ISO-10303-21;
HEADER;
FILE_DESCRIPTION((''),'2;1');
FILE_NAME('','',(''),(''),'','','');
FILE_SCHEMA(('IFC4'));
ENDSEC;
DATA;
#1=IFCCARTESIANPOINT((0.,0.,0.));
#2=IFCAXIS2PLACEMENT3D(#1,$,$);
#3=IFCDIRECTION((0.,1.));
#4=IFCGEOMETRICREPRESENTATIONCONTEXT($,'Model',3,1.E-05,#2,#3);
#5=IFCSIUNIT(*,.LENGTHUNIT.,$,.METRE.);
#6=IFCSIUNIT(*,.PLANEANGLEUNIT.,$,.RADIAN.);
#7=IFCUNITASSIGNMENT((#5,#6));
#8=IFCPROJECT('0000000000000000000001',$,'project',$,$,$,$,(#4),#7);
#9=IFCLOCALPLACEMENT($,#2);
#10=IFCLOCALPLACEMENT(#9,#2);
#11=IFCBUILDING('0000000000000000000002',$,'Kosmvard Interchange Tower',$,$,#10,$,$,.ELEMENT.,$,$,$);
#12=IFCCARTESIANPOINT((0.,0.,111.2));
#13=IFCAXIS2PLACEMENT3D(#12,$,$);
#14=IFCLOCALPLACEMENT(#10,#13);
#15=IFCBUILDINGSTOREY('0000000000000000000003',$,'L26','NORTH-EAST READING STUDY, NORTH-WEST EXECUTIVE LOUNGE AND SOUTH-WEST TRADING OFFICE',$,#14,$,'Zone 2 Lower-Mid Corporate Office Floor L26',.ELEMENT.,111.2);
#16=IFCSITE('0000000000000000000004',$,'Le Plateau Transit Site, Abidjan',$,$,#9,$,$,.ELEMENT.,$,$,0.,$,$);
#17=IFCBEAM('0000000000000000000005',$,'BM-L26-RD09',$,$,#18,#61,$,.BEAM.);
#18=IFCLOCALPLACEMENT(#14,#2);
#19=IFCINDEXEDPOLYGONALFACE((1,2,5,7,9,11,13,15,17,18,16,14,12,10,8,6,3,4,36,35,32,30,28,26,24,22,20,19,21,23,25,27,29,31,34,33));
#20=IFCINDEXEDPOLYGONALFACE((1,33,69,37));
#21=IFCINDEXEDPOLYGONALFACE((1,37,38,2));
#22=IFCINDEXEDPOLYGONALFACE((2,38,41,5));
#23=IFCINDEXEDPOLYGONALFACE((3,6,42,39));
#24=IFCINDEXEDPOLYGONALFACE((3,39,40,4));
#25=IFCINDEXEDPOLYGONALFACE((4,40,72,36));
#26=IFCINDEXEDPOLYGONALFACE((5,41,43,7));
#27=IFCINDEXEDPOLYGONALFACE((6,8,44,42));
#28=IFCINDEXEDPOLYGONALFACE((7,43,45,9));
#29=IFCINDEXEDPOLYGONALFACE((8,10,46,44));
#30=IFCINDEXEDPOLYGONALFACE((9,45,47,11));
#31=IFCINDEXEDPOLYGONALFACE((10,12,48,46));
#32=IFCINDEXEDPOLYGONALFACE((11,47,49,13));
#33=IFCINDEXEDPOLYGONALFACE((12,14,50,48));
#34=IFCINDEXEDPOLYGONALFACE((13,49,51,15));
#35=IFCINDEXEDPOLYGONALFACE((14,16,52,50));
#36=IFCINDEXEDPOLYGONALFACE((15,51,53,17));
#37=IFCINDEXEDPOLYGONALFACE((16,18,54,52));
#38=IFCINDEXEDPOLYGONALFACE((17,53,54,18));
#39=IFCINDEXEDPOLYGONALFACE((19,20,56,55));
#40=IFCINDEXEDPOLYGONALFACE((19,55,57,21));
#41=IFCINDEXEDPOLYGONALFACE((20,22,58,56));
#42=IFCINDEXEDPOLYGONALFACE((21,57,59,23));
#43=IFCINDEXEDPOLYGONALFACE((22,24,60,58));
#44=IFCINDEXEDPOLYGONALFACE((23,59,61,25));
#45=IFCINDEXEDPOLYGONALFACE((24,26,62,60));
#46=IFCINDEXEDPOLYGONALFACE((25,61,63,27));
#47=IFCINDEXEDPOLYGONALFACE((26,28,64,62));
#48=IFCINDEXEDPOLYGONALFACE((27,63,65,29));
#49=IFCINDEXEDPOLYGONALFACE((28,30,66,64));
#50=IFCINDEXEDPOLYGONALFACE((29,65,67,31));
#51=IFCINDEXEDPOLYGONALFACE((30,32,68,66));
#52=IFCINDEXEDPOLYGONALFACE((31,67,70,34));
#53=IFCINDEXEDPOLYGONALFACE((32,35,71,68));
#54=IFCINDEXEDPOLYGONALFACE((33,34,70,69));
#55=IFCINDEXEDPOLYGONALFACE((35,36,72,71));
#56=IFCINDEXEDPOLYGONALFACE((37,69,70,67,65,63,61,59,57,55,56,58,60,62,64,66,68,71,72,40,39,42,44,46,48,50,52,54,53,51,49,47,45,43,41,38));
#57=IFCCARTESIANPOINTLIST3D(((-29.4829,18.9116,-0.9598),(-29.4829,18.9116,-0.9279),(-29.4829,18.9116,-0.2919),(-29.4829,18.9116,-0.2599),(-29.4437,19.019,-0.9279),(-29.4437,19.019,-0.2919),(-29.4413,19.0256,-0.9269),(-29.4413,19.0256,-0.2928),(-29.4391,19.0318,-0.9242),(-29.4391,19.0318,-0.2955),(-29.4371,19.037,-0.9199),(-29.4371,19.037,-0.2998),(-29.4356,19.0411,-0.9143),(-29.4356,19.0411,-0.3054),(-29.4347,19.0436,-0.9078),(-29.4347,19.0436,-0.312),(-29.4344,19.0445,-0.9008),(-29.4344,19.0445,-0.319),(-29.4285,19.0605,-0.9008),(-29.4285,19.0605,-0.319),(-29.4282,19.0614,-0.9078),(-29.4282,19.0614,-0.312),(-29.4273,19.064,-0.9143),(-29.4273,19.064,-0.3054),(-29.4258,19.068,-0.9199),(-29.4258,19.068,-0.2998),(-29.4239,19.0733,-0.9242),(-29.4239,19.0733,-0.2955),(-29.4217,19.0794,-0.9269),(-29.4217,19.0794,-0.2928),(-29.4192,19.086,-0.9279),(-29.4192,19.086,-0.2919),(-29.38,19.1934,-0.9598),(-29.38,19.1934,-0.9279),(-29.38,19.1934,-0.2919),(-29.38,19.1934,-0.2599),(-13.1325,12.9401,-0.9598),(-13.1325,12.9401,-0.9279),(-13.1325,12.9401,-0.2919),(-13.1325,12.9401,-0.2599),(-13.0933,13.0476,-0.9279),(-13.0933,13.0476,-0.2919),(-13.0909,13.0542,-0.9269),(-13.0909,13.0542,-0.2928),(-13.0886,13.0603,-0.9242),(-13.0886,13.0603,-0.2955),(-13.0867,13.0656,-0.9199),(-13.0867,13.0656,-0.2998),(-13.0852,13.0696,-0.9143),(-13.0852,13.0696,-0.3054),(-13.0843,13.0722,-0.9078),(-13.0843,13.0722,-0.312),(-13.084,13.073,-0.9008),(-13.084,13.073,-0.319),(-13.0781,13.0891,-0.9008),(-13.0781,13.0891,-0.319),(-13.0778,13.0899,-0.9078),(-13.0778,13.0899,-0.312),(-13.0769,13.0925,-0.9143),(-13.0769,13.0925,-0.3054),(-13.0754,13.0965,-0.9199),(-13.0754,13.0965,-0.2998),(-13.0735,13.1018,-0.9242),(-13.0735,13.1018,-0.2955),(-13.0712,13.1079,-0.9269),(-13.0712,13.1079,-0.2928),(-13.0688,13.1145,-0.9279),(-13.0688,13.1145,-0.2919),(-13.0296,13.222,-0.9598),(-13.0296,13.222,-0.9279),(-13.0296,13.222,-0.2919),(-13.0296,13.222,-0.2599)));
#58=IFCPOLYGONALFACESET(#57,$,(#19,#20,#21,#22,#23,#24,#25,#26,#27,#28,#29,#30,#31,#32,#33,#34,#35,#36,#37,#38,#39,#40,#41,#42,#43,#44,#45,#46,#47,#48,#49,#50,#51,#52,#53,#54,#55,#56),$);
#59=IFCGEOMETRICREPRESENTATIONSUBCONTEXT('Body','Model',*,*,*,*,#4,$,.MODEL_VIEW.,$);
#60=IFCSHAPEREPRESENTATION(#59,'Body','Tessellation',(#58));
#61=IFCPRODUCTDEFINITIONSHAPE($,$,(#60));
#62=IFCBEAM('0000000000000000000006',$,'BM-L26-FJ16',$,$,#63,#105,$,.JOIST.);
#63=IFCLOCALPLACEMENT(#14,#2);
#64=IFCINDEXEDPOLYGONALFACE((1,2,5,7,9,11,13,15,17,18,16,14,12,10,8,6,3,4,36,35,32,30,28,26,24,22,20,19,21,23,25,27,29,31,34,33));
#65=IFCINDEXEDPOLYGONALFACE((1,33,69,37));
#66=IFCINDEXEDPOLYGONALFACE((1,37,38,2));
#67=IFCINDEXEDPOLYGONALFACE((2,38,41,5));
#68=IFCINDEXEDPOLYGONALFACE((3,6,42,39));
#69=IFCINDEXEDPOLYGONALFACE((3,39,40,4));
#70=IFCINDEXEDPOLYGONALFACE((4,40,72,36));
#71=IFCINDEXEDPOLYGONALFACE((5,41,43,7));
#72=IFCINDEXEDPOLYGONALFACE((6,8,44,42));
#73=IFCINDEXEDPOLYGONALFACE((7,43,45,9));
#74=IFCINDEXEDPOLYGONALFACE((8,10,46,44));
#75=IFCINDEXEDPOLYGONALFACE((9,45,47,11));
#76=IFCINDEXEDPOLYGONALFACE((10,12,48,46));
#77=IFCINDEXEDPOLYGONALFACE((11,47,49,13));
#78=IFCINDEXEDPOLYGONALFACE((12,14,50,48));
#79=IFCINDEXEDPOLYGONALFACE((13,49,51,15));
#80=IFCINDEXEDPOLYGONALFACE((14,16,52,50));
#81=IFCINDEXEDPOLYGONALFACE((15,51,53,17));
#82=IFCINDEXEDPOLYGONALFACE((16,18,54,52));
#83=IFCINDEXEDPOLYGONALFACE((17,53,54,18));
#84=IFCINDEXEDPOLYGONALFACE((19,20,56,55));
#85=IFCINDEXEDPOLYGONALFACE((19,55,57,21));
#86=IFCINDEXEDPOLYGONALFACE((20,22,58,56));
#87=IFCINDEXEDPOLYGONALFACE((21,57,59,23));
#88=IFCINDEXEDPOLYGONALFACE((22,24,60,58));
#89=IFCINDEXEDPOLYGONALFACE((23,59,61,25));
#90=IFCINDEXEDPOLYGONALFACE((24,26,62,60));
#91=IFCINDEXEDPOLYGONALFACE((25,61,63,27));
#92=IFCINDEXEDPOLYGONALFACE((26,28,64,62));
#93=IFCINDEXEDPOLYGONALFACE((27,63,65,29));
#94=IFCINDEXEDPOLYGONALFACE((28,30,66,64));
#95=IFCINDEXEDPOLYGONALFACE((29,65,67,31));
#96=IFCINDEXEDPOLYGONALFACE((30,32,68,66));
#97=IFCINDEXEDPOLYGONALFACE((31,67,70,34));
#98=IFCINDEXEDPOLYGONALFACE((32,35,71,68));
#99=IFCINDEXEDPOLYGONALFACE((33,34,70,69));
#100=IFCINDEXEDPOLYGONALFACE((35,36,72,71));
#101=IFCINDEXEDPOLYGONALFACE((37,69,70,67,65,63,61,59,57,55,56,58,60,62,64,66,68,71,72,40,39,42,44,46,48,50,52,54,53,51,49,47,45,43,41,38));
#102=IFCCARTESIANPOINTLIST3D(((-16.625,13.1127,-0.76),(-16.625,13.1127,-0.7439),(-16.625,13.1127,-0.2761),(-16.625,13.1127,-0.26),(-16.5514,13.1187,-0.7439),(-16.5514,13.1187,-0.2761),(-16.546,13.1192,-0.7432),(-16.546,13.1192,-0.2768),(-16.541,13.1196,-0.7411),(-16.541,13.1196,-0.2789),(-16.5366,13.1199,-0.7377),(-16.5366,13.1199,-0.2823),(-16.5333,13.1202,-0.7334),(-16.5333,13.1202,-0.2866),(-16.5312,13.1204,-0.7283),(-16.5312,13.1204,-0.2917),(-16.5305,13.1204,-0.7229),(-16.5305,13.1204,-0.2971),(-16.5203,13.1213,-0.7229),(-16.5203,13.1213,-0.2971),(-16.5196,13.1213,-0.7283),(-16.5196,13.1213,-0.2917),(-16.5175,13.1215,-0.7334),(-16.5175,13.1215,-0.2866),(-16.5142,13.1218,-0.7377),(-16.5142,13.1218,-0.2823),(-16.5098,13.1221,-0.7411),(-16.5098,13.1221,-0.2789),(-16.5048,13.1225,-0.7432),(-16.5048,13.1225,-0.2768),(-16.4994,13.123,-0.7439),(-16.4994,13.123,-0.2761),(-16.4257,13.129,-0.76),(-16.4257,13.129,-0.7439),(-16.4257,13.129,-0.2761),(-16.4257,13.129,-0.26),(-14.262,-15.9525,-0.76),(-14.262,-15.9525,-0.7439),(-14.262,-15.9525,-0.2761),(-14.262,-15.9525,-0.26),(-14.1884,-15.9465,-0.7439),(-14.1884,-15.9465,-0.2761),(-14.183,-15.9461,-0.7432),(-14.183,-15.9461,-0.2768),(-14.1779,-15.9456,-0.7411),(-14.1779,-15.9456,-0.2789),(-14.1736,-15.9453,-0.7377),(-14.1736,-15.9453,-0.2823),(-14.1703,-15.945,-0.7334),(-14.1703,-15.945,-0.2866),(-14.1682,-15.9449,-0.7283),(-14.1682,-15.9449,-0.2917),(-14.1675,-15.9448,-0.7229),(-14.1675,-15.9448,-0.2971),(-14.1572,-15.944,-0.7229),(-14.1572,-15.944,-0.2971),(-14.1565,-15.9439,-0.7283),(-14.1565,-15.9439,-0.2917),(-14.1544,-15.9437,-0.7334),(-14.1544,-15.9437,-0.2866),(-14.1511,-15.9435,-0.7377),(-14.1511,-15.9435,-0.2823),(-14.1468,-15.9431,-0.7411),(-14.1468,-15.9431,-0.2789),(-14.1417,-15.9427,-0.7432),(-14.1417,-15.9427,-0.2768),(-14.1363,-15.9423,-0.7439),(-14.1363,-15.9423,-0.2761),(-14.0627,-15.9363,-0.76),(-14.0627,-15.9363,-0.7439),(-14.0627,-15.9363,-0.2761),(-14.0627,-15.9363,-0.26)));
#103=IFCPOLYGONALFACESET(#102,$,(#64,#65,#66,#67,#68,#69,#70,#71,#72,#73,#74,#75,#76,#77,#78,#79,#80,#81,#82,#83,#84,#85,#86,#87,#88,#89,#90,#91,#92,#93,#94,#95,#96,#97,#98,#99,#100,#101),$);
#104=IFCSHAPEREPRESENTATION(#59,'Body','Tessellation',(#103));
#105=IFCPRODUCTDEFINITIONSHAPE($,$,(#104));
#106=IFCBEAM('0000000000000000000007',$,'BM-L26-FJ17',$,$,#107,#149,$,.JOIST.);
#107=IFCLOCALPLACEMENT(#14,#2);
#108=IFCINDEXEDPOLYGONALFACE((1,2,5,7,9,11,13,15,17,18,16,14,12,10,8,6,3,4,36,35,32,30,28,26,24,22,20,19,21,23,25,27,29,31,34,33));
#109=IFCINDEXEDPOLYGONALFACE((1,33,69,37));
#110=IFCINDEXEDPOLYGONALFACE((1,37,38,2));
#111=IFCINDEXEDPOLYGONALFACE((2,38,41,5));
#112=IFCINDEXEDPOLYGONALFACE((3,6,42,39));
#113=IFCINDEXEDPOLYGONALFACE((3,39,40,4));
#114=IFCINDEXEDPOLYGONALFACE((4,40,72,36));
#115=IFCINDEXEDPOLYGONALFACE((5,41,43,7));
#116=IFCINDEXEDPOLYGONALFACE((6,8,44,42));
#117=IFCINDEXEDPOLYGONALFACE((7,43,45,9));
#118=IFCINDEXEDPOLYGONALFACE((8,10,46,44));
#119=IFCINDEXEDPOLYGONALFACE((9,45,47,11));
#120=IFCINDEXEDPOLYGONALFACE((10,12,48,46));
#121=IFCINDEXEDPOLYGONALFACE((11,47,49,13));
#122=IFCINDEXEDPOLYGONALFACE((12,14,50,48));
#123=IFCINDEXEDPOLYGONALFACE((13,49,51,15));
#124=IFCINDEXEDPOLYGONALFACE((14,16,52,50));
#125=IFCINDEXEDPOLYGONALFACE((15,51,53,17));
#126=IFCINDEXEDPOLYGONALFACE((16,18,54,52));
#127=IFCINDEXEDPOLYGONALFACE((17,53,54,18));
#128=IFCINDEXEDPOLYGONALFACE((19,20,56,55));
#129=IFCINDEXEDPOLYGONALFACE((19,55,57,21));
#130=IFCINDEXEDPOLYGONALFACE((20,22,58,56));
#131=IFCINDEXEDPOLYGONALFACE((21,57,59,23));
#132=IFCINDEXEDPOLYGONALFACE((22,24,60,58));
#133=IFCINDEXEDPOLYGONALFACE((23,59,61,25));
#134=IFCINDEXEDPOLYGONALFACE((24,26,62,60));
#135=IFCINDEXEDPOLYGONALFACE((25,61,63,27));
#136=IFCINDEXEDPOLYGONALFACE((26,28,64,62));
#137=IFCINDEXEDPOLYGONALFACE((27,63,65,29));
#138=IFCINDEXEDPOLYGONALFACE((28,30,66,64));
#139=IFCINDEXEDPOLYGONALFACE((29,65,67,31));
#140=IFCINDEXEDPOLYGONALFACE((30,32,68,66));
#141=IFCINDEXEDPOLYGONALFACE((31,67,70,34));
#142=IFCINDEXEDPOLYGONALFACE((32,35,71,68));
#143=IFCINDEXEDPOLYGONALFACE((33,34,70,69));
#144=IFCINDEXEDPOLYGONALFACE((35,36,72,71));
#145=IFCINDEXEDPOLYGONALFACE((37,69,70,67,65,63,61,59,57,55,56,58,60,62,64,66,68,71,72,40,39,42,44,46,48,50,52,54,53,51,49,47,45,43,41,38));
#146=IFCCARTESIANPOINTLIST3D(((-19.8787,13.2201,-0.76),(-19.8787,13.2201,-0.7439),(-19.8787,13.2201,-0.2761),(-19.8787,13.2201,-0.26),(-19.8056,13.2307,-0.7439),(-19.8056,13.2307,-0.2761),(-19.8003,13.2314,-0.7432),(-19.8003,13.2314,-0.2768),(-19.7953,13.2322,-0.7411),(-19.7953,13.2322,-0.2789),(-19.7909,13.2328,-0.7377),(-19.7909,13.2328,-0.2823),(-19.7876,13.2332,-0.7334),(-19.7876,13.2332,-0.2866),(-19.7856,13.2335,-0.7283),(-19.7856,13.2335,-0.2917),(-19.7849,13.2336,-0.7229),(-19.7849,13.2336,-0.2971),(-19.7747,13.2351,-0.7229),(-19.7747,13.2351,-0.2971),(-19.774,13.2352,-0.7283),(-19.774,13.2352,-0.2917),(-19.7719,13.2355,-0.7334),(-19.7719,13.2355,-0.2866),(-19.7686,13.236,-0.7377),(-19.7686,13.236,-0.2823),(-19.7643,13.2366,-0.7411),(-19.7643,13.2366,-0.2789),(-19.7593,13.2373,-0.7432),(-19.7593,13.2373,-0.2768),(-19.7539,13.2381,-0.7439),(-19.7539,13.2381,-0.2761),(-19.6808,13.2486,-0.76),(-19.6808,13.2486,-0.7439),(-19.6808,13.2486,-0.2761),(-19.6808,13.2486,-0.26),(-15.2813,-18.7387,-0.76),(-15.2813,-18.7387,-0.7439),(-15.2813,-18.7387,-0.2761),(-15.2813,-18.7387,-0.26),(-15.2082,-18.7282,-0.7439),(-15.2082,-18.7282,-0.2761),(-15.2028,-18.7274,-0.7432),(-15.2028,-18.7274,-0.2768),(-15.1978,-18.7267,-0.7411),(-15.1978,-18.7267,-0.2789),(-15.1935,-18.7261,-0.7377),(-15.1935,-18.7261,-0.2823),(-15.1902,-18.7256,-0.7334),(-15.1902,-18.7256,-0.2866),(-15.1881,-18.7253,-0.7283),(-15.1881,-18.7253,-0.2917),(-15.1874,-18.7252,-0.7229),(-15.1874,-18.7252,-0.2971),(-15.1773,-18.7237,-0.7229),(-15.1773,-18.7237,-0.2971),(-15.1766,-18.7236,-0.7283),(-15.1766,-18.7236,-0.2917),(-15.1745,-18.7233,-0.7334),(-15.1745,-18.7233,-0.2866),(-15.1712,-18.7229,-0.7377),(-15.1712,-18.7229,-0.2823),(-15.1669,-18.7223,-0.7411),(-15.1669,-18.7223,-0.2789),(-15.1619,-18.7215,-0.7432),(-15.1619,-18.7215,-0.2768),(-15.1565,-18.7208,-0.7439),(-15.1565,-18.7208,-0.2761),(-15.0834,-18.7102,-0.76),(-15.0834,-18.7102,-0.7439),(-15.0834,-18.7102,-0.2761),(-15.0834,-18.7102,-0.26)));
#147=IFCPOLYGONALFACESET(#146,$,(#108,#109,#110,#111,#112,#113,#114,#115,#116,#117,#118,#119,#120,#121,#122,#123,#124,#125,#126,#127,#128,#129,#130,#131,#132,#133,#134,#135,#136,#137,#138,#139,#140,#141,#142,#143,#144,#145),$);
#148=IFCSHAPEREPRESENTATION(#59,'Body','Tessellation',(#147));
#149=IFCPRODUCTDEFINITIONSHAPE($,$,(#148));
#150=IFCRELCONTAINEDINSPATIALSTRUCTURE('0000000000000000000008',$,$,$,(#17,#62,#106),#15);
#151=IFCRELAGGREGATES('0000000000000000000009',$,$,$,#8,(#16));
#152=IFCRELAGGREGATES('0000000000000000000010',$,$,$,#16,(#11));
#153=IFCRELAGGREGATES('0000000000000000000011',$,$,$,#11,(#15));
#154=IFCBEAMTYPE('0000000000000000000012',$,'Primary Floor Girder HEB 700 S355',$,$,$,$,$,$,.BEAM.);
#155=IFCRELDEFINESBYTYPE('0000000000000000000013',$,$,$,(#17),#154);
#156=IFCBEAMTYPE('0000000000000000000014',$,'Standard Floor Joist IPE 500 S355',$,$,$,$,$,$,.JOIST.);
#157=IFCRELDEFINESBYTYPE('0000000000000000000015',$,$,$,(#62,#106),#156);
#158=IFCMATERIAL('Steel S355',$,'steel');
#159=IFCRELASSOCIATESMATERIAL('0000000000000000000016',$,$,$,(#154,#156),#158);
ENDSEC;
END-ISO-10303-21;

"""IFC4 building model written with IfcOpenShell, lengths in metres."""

from ifc_helpers import new_model, si_unit, direction, frame, origin, origin_2d, place, context, subcontext, project, spatial, i_section, extrude, source, transform, mapped, material, material_profile, profile_set, type_object, element, save


model = new_model("IFC4")

# Units and contexts
model_context = context("Model", 3, precision=1e-05, world=origin(), true_north=direction((0.0, 1.0)))
body_context = subcontext(model_context, "Body", "Model", "MODEL_VIEW")
ifc_project = project(units=[si_unit("LENGTHUNIT", "METRE"), si_unit("PLANEANGLEUNIT", "RADIAN")], contexts=[model_context])

# Site, building, storey
site_placement = place(None, origin())
site = spatial("IfcSite", under=ifc_project, at=site_placement, Name="Le Plateau Transit Site, Abidjan", CompositionType="ELEMENT", RefElevation=0.0)
building_placement = place(site_placement, origin())
building = spatial("IfcBuilding", under=site, at=building_placement, Name="Kosmvard Interchange Tower", CompositionType="ELEMENT")
storey_placement = place(building_placement, frame((0.0, 0.0, 111.2)))
storey = spatial("IfcBuildingStorey", under=building, at=storey_placement, Name="L26", Description="NORTH-EAST READING STUDY, NORTH-WEST EXECUTIVE LOUNGE AND SOUTH-WEST TRADING OFFICE", LongName="Zone 2 Lower-Mid Corporate Office Floor L26", CompositionType="ELEMENT", Elevation=111.2)

# Beams
ifc_material_1 = material(Name="Steel S355", Category="steel")
ifc_material_profile_1 = material_profile(ifc_material_1, i_section(OverallWidth=0.3, OverallDepth=0.7, WebThickness=0.0171, FlangeThickness=0.032, FilletRadius=0.0271, at=origin_2d()), Name="HEB 700")
ifc_profile_set_1 = profile_set([ifc_material_profile_1], Name="Steel S355")
beam_type_1 = type_object("IfcBeamType", Name="Primary Floor Girder HEB 700 S355", PredefinedType="BEAM", material=ifc_profile_set_1)
shared_shape_1 = source(origin(), body_context, "Body", "SweptSolid", [
    extrude(i_section(OverallWidth=0.3, OverallDepth=0.7, WebThickness=0.0171, FlangeThickness=0.032, FilletRadius=0.0271, at=origin_2d()), origin(), (0.0, 0.0, 1.0), 17.4067),
])
beam_1_placement = place(storey_placement, frame((-13.0811, 13.0811, -0.6099), z_axis=(-0.939315, 0.343055, 0.0), x_axis=(-0.343055, -0.939315, 0.0)))
element("IfcBeam", 1, at=beam_1_placement, inside=storey, type_object=beam_type_1, Name="BM-L26-RD09", PredefinedType="BEAM", context=body_context, shape_type="MappedRepresentation", body=[
    mapped(shared_shape_1, transform((0.0, 0.0, 0.0), scale=1.0)),
])
ifc_material_profile_2 = material_profile(ifc_material_1, i_section(OverallWidth=0.2, OverallDepth=0.5, WebThickness=0.0103, FlangeThickness=0.0161, FilletRadius=0.021, at=origin_2d()), Name="IPE 500")
ifc_profile_set_2 = profile_set([ifc_material_profile_2], Name="Steel S355")
beam_type_2 = type_object("IfcBeamType", Name="Standard Floor Joist IPE 500 S355", PredefinedType="JOIST", material=ifc_profile_set_2)
shared_shape_2 = source(origin(), body_context, "Body", "SweptSolid", [
    extrude(i_section(OverallWidth=0.2, OverallDepth=0.5, WebThickness=0.0103, FlangeThickness=0.0161, FilletRadius=0.021, at=origin_2d()), origin(), (0.0, 0.0, 1.0), 29.1611),
])
beam_2_placement = place(storey_placement, frame((-16.5254, 13.1208, -0.51), z_axis=(0.081034, -0.996711, 0.0), x_axis=(0.996711, 0.081034, 0.0)))
element("IfcBeam", 2, at=beam_2_placement, inside=storey, type_object=beam_type_2, Name="BM-L26-FJ16", PredefinedType="JOIST", context=body_context, shape_type="MappedRepresentation", body=[
    mapped(shared_shape_2, transform((0.0, 0.0, 0.0), scale=1.0)),
])
shared_shape_3 = source(origin(), body_context, "Body", "SweptSolid", [
    extrude(i_section(OverallWidth=0.2, OverallDepth=0.5, WebThickness=0.0103, FlangeThickness=0.0161, FilletRadius=0.021, at=origin_2d()), origin(), (0.0, 0.0, 1.0), 32.2878),
])
beam_3_placement = place(storey_placement, frame((-19.7798, 13.2344, -0.51), z_axis=(0.142389, -0.989811, 0.0), x_axis=(0.989811, 0.142389, 0.0)))
element("IfcBeam", 3, at=beam_3_placement, inside=storey, type_object=beam_type_2, Name="BM-L26-FJ17", PredefinedType="JOIST", context=body_context, shape_type="MappedRepresentation", body=[
    mapped(shared_shape_3, transform((0.0, 0.0, 0.0), scale=1.0)),
])

save(model, "model.ifc")
